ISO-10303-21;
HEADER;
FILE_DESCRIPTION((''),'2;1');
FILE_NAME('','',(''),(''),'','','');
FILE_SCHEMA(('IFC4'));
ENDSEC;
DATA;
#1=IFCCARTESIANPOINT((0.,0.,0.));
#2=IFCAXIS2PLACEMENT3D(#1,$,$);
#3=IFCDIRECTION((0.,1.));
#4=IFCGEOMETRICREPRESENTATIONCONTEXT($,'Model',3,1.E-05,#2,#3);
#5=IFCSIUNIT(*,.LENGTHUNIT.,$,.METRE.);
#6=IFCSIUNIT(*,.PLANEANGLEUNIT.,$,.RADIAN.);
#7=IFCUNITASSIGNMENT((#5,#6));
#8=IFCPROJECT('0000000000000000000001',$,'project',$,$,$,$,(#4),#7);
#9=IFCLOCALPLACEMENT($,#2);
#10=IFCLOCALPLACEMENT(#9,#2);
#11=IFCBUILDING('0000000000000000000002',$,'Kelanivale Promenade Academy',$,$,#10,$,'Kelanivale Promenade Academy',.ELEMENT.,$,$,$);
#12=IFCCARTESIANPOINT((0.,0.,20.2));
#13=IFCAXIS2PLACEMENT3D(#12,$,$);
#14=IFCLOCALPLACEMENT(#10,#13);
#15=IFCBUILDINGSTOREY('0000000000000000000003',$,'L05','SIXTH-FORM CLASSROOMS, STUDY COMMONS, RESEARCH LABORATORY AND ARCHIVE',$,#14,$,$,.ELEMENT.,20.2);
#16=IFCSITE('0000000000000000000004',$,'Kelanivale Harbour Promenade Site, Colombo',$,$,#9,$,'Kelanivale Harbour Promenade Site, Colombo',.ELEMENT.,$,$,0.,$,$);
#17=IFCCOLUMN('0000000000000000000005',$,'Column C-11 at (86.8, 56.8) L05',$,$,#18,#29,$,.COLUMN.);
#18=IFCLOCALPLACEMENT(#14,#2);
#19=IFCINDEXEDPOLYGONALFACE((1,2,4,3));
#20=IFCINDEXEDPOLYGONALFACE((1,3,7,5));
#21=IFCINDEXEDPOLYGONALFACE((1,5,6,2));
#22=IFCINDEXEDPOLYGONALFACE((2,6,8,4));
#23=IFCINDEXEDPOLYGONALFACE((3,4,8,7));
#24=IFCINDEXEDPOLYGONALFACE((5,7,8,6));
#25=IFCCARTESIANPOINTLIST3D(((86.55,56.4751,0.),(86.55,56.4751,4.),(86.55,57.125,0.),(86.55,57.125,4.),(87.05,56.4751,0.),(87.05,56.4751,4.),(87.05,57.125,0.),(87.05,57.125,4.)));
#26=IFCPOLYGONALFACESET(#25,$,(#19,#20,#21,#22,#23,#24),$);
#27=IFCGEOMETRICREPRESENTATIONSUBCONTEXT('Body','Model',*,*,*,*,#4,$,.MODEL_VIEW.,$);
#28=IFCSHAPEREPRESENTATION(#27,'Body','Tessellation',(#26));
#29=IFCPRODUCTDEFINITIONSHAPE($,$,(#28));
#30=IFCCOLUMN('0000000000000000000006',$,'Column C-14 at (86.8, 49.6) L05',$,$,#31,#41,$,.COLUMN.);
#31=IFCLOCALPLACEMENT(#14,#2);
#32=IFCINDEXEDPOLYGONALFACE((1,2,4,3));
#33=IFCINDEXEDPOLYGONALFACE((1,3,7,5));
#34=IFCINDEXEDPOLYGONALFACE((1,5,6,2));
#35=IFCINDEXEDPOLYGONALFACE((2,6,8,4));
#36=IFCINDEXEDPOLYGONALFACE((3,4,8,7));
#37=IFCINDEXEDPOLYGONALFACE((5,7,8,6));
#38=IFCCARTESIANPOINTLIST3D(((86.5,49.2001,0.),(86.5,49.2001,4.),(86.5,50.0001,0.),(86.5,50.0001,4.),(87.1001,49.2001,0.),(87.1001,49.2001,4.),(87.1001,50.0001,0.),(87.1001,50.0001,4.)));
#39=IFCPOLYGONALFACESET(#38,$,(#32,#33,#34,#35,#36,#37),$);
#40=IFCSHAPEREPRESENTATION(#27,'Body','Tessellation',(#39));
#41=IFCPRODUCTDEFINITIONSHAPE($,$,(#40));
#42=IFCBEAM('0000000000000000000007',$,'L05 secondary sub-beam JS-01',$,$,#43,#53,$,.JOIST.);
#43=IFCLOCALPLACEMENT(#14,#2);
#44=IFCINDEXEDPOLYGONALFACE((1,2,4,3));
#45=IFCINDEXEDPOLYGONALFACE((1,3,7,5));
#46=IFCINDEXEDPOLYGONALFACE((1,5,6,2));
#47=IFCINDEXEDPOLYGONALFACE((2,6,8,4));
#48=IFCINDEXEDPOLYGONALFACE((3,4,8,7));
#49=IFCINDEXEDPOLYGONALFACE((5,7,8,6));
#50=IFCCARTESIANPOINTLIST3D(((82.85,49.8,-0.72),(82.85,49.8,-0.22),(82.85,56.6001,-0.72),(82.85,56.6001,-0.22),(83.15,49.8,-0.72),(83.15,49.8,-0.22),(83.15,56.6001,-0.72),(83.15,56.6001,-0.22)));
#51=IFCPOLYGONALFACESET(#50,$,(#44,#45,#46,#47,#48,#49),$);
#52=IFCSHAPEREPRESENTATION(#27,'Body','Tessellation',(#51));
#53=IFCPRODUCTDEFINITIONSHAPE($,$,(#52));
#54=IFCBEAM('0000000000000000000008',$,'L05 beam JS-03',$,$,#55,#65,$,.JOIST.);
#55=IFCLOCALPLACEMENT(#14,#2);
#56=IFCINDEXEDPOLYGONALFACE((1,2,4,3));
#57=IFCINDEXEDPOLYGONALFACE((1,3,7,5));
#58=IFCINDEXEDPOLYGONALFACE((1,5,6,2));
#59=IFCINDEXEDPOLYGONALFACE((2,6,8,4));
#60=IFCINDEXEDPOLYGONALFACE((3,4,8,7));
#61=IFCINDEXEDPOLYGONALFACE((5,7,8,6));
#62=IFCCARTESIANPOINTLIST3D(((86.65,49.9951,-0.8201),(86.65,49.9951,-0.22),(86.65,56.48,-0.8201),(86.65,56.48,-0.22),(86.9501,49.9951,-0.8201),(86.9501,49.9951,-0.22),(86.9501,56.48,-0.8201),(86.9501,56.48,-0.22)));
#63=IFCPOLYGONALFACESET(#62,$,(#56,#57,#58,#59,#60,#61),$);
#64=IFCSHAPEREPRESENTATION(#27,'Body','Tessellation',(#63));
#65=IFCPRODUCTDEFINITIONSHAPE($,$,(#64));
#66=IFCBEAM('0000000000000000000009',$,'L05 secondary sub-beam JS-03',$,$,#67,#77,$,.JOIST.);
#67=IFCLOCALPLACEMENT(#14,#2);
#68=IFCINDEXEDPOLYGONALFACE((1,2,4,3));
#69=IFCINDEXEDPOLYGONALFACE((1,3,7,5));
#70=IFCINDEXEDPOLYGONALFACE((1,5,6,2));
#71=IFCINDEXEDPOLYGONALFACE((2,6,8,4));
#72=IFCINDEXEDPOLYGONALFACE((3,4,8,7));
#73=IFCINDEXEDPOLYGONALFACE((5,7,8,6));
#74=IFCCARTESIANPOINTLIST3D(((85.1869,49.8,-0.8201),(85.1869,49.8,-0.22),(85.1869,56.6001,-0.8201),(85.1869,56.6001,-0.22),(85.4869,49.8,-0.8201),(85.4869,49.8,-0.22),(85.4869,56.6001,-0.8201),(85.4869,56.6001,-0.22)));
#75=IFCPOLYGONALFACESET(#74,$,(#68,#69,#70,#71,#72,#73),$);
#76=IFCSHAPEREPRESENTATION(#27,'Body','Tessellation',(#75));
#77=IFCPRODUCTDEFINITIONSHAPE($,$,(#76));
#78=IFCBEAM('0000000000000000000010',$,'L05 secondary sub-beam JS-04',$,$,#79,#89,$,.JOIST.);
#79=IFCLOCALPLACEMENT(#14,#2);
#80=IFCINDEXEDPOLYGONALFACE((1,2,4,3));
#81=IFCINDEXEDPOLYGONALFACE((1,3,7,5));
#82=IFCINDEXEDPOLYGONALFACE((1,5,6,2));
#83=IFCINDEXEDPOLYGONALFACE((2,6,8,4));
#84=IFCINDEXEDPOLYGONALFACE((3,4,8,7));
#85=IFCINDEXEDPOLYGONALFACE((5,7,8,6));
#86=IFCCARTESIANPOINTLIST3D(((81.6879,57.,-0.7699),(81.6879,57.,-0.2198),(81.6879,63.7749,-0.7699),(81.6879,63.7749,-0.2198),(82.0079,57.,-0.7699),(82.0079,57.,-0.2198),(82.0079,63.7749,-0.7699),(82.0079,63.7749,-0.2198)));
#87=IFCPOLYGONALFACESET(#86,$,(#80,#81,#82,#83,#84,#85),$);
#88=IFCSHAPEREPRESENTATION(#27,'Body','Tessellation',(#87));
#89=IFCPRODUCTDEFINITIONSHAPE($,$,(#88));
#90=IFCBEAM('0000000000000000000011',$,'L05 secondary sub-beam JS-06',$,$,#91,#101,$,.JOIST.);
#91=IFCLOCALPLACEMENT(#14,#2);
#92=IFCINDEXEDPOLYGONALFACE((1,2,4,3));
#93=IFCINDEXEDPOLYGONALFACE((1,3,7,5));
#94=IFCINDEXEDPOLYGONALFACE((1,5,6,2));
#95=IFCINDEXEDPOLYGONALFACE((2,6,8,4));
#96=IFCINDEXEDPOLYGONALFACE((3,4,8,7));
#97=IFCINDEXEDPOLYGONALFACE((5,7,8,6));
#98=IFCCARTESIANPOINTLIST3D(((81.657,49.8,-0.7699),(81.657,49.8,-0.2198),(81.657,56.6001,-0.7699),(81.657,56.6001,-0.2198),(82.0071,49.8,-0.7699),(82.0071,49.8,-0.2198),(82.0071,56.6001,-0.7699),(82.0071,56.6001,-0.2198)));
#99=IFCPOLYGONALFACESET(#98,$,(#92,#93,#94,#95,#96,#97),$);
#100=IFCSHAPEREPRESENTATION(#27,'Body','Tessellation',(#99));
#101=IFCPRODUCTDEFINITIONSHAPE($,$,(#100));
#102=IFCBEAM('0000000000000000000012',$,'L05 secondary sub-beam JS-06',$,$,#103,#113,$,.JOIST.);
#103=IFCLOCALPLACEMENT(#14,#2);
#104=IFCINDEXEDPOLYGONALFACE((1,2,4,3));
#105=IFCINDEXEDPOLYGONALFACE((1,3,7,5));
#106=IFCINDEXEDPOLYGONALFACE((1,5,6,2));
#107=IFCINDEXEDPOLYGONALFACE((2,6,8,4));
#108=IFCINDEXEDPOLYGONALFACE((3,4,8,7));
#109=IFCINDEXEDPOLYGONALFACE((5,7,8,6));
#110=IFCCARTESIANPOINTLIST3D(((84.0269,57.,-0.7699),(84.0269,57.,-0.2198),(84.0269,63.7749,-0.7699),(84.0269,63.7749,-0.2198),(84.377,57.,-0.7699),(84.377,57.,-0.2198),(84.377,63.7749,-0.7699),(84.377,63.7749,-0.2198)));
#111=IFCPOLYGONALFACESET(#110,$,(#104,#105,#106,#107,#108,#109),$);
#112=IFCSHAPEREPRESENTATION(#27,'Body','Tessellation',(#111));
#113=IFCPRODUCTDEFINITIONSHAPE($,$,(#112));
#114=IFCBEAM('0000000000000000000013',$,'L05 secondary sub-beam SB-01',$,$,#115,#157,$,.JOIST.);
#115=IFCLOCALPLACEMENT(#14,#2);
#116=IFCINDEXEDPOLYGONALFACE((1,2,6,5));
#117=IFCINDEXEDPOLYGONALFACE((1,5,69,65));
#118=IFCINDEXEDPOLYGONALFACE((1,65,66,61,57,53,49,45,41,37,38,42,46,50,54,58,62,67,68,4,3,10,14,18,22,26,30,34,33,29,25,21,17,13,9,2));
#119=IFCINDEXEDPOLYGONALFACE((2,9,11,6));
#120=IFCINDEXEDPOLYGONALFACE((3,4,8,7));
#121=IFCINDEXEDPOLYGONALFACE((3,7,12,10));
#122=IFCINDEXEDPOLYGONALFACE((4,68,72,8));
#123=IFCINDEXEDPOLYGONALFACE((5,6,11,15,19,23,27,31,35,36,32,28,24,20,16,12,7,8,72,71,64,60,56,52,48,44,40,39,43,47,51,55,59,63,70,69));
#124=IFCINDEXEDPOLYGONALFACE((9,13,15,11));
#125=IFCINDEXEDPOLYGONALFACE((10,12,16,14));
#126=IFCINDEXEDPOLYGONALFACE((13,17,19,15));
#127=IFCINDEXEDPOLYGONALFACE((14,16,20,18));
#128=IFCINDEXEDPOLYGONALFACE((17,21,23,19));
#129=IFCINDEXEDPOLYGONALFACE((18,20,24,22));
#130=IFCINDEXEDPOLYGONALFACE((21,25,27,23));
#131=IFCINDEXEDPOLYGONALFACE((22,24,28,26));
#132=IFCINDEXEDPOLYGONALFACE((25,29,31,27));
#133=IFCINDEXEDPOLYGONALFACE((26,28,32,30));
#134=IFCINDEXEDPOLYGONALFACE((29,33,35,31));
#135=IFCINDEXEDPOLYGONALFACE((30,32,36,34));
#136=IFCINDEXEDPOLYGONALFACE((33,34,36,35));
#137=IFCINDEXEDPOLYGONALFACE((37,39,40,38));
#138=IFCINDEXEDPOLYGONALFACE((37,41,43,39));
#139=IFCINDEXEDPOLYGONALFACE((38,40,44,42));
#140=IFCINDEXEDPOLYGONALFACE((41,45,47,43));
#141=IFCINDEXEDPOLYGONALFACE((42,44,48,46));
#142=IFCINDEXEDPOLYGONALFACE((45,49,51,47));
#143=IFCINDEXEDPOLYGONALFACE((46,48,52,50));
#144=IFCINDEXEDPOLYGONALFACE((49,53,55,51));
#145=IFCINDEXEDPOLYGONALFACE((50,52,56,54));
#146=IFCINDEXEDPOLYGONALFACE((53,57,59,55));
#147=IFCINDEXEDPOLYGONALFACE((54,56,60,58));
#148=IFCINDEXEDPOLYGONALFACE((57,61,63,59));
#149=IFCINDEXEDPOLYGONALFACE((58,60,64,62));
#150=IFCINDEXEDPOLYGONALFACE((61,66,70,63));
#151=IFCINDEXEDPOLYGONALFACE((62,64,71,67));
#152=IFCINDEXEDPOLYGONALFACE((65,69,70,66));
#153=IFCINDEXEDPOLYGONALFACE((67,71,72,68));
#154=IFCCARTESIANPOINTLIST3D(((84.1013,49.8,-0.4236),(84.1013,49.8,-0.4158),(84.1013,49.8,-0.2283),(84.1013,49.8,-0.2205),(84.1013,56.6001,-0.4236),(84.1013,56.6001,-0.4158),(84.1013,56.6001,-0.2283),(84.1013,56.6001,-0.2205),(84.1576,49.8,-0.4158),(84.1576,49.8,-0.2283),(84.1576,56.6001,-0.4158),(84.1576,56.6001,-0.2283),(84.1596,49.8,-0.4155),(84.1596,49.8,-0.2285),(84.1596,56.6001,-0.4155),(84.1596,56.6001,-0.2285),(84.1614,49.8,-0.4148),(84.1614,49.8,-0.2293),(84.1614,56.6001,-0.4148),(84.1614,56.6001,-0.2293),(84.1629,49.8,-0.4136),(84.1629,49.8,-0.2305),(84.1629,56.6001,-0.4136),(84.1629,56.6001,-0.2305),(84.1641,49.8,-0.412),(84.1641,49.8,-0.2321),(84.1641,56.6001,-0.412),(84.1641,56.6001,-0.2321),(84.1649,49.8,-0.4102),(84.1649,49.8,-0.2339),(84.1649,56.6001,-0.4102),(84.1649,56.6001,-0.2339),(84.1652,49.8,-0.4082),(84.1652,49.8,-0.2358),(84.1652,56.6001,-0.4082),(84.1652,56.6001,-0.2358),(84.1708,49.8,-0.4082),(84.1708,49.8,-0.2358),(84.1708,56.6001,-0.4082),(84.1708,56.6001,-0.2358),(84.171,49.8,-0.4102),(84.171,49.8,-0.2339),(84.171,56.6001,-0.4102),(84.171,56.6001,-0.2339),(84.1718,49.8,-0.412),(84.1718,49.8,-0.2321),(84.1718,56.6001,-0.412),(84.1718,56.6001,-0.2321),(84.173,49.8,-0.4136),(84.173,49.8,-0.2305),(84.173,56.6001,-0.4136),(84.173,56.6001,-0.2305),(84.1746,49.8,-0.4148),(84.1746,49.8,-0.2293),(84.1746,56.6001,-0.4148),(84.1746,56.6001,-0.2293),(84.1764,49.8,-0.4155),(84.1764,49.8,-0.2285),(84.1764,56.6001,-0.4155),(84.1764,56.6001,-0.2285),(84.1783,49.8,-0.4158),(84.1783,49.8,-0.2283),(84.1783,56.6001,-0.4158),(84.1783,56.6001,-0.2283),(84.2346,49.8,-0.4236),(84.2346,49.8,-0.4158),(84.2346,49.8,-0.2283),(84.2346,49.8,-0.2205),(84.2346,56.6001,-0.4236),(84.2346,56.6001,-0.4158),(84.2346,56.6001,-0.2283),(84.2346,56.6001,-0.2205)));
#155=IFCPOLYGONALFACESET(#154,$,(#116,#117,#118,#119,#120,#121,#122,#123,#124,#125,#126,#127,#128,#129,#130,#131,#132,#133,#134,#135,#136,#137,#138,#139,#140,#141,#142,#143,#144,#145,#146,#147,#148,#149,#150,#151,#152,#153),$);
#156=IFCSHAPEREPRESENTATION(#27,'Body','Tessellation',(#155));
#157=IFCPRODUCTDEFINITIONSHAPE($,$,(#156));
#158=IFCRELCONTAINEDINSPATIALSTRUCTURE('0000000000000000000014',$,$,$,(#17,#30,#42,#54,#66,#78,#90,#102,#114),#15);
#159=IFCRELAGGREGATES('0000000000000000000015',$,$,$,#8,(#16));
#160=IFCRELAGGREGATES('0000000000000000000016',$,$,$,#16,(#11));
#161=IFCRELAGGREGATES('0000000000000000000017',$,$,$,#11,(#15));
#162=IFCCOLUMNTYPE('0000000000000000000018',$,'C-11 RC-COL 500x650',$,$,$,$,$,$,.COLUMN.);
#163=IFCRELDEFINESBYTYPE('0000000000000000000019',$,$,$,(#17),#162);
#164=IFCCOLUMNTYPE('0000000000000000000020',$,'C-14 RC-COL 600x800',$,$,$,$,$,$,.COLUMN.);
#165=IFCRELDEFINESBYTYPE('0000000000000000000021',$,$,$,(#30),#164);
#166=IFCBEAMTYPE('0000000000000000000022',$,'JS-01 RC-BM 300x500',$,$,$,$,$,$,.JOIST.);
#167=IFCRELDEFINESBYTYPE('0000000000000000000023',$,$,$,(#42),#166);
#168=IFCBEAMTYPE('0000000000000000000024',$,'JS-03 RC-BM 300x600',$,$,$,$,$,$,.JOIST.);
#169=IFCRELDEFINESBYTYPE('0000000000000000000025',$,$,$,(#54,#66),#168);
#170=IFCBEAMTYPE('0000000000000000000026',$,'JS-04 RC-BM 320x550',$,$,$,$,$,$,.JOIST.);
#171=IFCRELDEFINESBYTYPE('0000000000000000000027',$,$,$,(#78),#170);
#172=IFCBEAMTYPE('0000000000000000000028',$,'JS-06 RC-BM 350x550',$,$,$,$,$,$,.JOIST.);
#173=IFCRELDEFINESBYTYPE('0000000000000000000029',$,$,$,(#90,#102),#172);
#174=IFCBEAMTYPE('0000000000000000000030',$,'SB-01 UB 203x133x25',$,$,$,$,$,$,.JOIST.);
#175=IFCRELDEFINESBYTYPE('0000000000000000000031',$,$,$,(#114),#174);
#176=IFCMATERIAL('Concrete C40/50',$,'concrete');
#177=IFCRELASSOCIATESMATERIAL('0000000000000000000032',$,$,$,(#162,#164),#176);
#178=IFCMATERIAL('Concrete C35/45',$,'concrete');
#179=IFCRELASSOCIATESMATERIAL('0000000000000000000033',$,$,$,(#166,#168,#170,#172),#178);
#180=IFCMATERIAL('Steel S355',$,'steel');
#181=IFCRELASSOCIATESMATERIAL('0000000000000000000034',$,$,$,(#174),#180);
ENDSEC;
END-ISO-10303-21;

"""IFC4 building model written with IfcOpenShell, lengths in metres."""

from ifc_helpers import new_model, si_unit, direction, frame, origin, origin_2d, place, context, subcontext, project, spatial, rectangle, i_section, extrude, material, material_profile, profile_set, type_object, element, save


model = new_model("IFC4")

# Units and contexts
model_context = context("Model", 3, precision=1e-05, world=origin(), true_north=direction((0.0, 1.0)))
body_context = subcontext(model_context, "Body", "Model", "MODEL_VIEW")
ifc_project = project(units=[si_unit("LENGTHUNIT", "METRE"), si_unit("PLANEANGLEUNIT", "RADIAN")], contexts=[model_context])

# Site, building, storey
site_placement = place(None, origin())
site = spatial("IfcSite", under=ifc_project, at=site_placement, Name="Kelanivale Harbour Promenade Site, Colombo", LongName="Kelanivale Harbour Promenade Site, Colombo", CompositionType="ELEMENT", RefElevation=0.0)
building_placement = place(site_placement, origin())
building = spatial("IfcBuilding", under=site, at=building_placement, Name="Kelanivale Promenade Academy", LongName="Kelanivale Promenade Academy", CompositionType="ELEMENT")
storey_placement = place(building_placement, frame((0.0, 0.0, 20.2)))
storey = spatial("IfcBuildingStorey", under=building, at=storey_placement, Name="L05", Description="SIXTH-FORM CLASSROOMS, STUDY COMMONS, RESEARCH LABORATORY AND ARCHIVE", CompositionType="ELEMENT", Elevation=20.2)

# Columns
ifc_material_1 = material(Name="Concrete C40/50", Category="concrete")
ifc_material_profile_1 = material_profile(ifc_material_1, rectangle(XDim=0.5, YDim=0.6499, at=origin_2d()), Name="RC-COL 500x650")
ifc_profile_set_1 = profile_set([ifc_material_profile_1], Name="Concrete C40/50")
column_type_1 = type_object("IfcColumnType", Name="C-11 RC-COL 500x650", PredefinedType="COLUMN", material=ifc_profile_set_1)
column_1_placement = place(storey_placement, frame((86.8, 56.8, 0.0), z_axis=(0.0, 0.0, 1.0), x_axis=(1.0, 0.0, 0.0)))
element("IfcColumn", 1, at=column_1_placement, inside=storey, type_object=column_type_1, Name="Column C-11 at (86.8, 56.8) L05", PredefinedType="COLUMN", context=body_context, shape_type="SweptSolid", body=[
    extrude(rectangle(XDim=0.5, YDim=0.6499, at=origin_2d()), origin(), (0.0, 0.0, 1.0), 4.0),
])
ifc_material_profile_2 = material_profile(ifc_material_1, rectangle(XDim=0.6001, YDim=0.8, at=origin_2d()), Name="RC-COL 600x800")
ifc_profile_set_2 = profile_set([ifc_material_profile_2], Name="Concrete C40/50")
column_type_2 = type_object("IfcColumnType", Name="C-14 RC-COL 600x800", PredefinedType="COLUMN", material=ifc_profile_set_2)
column_2_placement = place(storey_placement, frame((86.8, 49.6001, 0.0), z_axis=(0.0, 0.0, 1.0), x_axis=(1.0, 0.0, 0.0)))
element("IfcColumn", 2, at=column_2_placement, inside=storey, type_object=column_type_2, Name="Column C-14 at (86.8, 49.6) L05", PredefinedType="COLUMN", context=body_context, shape_type="SweptSolid", body=[
    extrude(rectangle(XDim=0.6001, YDim=0.8, at=origin_2d()), origin(), (0.0, 0.0, 1.0), 4.0),
])

# Beams
ifc_material_2 = material(Name="Concrete C35/45", Category="concrete")
ifc_material_profile_3 = material_profile(ifc_material_2, rectangle(XDim=0.3, YDim=0.5, at=origin_2d()), Name="RC-BM 300x500")
ifc_profile_set_3 = profile_set([ifc_material_profile_3], Name="Concrete C35/45")
beam_type_1 = type_object("IfcBeamType", Name="JS-01 RC-BM 300x500", PredefinedType="JOIST", material=ifc_profile_set_3)
beam_1_placement = place(storey_placement, frame((83.0, 49.8, -0.47), z_axis=(0.0, 1.0, 0.0), x_axis=(-1.0, 0.0, 0.0)))
element("IfcBeam", 3, at=beam_1_placement, inside=storey, type_object=beam_type_1, Name="L05 secondary sub-beam JS-01", PredefinedType="JOIST", context=body_context, shape_type="SweptSolid", body=[
    extrude(rectangle(XDim=0.3, YDim=0.5, at=origin_2d()), origin(), (0.0, 0.0, 1.0), 6.8),
])
ifc_material_profile_4 = material_profile(ifc_material_2, rectangle(XDim=0.3, YDim=0.6001, at=origin_2d()), Name="RC-BM 300x600")
ifc_profile_set_4 = profile_set([ifc_material_profile_4], Name="Concrete C35/45")
beam_type_2 = type_object("IfcBeamType", Name="JS-03 RC-BM 300x600", PredefinedType="JOIST", material=ifc_profile_set_4)
beam_2_placement = place(storey_placement, frame((86.8, 49.9951, -0.52), z_axis=(0.0, 1.0, 0.0), x_axis=(-1.0, 0.0, 0.0)))
element("IfcBeam", 4, at=beam_2_placement, inside=storey, type_object=beam_type_2, Name="L05 beam JS-03", PredefinedType="JOIST", context=body_context, shape_type="SweptSolid", body=[
    extrude(rectangle(XDim=0.3, YDim=0.6001, at=origin_2d()), origin(), (0.0, 0.0, 1.0), 6.4849),
])
beam_3_placement = place(storey_placement, frame((85.3369, 49.8, -0.52), z_axis=(0.0, 1.0, 0.0), x_axis=(-1.0, 0.0, 0.0)))
element("IfcBeam", 5, at=beam_3_placement, inside=storey, type_object=beam_type_2, Name="L05 secondary sub-beam JS-03", PredefinedType="JOIST", context=body_context, shape_type="SweptSolid", body=[
    extrude(rectangle(XDim=0.3, YDim=0.6001, at=origin_2d()), origin(), (0.0, 0.0, 1.0), 6.8),
])
ifc_material_profile_5 = material_profile(ifc_material_2, rectangle(XDim=0.3201, YDim=0.55, at=origin_2d()), Name="RC-BM 320x550")
ifc_profile_set_5 = profile_set([ifc_material_profile_5], Name="Concrete C35/45")
beam_type_3 = type_object("IfcBeamType", Name="JS-04 RC-BM 320x550", PredefinedType="JOIST", material=ifc_profile_set_5)
beam_4_placement = place(storey_placement, frame((81.8479, 57.0, -0.4949), z_axis=(0.0, 1.0, 0.0), x_axis=(-1.0, 0.0, 0.0)))
element("IfcBeam", 6, at=beam_4_placement, inside=storey, type_object=beam_type_3, Name="L05 secondary sub-beam JS-04", PredefinedType="JOIST", context=body_context, shape_type="SweptSolid", body=[
    extrude(rectangle(XDim=0.3201, YDim=0.55, at=origin_2d()), origin(), (0.0, 0.0, 1.0), 6.7749),
])
ifc_material_profile_6 = material_profile(ifc_material_2, rectangle(XDim=0.3501, YDim=0.55, at=origin_2d()), Name="RC-BM 350x550")
ifc_profile_set_6 = profile_set([ifc_material_profile_6], Name="Concrete C35/45")
beam_type_4 = type_object("IfcBeamType", Name="JS-06 RC-BM 350x550", PredefinedType="JOIST", material=ifc_profile_set_6)
beam_5_placement = place(storey_placement, frame((81.832, 49.8, -0.4949), z_axis=(0.0, 1.0, 0.0), x_axis=(-1.0, 0.0, 0.0)))
element("IfcBeam", 7, at=beam_5_placement, inside=storey, type_object=beam_type_4, Name="L05 secondary sub-beam JS-06", PredefinedType="JOIST", context=body_context, shape_type="SweptSolid", body=[
    extrude(rectangle(XDim=0.3501, YDim=0.55, at=origin_2d()), origin(), (0.0, 0.0, 1.0), 6.8),
])
beam_6_placement = place(storey_placement, frame((84.2019, 57.0, -0.4949), z_axis=(0.0, 1.0, 0.0), x_axis=(-1.0, 0.0, 0.0)))
element("IfcBeam", 8, at=beam_6_placement, inside=storey, type_object=beam_type_4, Name="L05 secondary sub-beam JS-06", PredefinedType="JOIST", context=body_context, shape_type="SweptSolid", body=[
    extrude(rectangle(XDim=0.3501, YDim=0.55, at=origin_2d()), origin(), (0.0, 0.0, 1.0), 6.7749),
])
ifc_material_3 = material(Name="Steel S355", Category="steel")
ifc_material_profile_7 = material_profile(ifc_material_3, i_section(OverallWidth=0.1333, OverallDepth=0.2031, WebThickness=0.0056, FlangeThickness=0.0078, FilletRadius=0.0076, at=origin_2d()), Name="UB 203x133x25")
ifc_profile_set_7 = profile_set([ifc_material_profile_7], Name="Steel S355")
beam_type_5 = type_object("IfcBeamType", Name="SB-01 UB 203x133x25", PredefinedType="JOIST", material=ifc_profile_set_7)
beam_7_placement = place(storey_placement, frame((84.168, 49.8, -0.322), z_axis=(0.0, 1.0, 0.0), x_axis=(-1.0, 0.0, 0.0)))
element("IfcBeam", 9, at=beam_7_placement, inside=storey, type_object=beam_type_5, Name="L05 secondary sub-beam SB-01", PredefinedType="JOIST", context=body_context, shape_type="SweptSolid", body=[
    extrude(i_section(OverallWidth=0.1333, OverallDepth=0.2031, WebThickness=0.0056, FlangeThickness=0.0078, FilletRadius=0.0076, at=origin_2d()), origin(), (0.0, 0.0, 1.0), 6.8),
])

save(model, "model.ifc")
